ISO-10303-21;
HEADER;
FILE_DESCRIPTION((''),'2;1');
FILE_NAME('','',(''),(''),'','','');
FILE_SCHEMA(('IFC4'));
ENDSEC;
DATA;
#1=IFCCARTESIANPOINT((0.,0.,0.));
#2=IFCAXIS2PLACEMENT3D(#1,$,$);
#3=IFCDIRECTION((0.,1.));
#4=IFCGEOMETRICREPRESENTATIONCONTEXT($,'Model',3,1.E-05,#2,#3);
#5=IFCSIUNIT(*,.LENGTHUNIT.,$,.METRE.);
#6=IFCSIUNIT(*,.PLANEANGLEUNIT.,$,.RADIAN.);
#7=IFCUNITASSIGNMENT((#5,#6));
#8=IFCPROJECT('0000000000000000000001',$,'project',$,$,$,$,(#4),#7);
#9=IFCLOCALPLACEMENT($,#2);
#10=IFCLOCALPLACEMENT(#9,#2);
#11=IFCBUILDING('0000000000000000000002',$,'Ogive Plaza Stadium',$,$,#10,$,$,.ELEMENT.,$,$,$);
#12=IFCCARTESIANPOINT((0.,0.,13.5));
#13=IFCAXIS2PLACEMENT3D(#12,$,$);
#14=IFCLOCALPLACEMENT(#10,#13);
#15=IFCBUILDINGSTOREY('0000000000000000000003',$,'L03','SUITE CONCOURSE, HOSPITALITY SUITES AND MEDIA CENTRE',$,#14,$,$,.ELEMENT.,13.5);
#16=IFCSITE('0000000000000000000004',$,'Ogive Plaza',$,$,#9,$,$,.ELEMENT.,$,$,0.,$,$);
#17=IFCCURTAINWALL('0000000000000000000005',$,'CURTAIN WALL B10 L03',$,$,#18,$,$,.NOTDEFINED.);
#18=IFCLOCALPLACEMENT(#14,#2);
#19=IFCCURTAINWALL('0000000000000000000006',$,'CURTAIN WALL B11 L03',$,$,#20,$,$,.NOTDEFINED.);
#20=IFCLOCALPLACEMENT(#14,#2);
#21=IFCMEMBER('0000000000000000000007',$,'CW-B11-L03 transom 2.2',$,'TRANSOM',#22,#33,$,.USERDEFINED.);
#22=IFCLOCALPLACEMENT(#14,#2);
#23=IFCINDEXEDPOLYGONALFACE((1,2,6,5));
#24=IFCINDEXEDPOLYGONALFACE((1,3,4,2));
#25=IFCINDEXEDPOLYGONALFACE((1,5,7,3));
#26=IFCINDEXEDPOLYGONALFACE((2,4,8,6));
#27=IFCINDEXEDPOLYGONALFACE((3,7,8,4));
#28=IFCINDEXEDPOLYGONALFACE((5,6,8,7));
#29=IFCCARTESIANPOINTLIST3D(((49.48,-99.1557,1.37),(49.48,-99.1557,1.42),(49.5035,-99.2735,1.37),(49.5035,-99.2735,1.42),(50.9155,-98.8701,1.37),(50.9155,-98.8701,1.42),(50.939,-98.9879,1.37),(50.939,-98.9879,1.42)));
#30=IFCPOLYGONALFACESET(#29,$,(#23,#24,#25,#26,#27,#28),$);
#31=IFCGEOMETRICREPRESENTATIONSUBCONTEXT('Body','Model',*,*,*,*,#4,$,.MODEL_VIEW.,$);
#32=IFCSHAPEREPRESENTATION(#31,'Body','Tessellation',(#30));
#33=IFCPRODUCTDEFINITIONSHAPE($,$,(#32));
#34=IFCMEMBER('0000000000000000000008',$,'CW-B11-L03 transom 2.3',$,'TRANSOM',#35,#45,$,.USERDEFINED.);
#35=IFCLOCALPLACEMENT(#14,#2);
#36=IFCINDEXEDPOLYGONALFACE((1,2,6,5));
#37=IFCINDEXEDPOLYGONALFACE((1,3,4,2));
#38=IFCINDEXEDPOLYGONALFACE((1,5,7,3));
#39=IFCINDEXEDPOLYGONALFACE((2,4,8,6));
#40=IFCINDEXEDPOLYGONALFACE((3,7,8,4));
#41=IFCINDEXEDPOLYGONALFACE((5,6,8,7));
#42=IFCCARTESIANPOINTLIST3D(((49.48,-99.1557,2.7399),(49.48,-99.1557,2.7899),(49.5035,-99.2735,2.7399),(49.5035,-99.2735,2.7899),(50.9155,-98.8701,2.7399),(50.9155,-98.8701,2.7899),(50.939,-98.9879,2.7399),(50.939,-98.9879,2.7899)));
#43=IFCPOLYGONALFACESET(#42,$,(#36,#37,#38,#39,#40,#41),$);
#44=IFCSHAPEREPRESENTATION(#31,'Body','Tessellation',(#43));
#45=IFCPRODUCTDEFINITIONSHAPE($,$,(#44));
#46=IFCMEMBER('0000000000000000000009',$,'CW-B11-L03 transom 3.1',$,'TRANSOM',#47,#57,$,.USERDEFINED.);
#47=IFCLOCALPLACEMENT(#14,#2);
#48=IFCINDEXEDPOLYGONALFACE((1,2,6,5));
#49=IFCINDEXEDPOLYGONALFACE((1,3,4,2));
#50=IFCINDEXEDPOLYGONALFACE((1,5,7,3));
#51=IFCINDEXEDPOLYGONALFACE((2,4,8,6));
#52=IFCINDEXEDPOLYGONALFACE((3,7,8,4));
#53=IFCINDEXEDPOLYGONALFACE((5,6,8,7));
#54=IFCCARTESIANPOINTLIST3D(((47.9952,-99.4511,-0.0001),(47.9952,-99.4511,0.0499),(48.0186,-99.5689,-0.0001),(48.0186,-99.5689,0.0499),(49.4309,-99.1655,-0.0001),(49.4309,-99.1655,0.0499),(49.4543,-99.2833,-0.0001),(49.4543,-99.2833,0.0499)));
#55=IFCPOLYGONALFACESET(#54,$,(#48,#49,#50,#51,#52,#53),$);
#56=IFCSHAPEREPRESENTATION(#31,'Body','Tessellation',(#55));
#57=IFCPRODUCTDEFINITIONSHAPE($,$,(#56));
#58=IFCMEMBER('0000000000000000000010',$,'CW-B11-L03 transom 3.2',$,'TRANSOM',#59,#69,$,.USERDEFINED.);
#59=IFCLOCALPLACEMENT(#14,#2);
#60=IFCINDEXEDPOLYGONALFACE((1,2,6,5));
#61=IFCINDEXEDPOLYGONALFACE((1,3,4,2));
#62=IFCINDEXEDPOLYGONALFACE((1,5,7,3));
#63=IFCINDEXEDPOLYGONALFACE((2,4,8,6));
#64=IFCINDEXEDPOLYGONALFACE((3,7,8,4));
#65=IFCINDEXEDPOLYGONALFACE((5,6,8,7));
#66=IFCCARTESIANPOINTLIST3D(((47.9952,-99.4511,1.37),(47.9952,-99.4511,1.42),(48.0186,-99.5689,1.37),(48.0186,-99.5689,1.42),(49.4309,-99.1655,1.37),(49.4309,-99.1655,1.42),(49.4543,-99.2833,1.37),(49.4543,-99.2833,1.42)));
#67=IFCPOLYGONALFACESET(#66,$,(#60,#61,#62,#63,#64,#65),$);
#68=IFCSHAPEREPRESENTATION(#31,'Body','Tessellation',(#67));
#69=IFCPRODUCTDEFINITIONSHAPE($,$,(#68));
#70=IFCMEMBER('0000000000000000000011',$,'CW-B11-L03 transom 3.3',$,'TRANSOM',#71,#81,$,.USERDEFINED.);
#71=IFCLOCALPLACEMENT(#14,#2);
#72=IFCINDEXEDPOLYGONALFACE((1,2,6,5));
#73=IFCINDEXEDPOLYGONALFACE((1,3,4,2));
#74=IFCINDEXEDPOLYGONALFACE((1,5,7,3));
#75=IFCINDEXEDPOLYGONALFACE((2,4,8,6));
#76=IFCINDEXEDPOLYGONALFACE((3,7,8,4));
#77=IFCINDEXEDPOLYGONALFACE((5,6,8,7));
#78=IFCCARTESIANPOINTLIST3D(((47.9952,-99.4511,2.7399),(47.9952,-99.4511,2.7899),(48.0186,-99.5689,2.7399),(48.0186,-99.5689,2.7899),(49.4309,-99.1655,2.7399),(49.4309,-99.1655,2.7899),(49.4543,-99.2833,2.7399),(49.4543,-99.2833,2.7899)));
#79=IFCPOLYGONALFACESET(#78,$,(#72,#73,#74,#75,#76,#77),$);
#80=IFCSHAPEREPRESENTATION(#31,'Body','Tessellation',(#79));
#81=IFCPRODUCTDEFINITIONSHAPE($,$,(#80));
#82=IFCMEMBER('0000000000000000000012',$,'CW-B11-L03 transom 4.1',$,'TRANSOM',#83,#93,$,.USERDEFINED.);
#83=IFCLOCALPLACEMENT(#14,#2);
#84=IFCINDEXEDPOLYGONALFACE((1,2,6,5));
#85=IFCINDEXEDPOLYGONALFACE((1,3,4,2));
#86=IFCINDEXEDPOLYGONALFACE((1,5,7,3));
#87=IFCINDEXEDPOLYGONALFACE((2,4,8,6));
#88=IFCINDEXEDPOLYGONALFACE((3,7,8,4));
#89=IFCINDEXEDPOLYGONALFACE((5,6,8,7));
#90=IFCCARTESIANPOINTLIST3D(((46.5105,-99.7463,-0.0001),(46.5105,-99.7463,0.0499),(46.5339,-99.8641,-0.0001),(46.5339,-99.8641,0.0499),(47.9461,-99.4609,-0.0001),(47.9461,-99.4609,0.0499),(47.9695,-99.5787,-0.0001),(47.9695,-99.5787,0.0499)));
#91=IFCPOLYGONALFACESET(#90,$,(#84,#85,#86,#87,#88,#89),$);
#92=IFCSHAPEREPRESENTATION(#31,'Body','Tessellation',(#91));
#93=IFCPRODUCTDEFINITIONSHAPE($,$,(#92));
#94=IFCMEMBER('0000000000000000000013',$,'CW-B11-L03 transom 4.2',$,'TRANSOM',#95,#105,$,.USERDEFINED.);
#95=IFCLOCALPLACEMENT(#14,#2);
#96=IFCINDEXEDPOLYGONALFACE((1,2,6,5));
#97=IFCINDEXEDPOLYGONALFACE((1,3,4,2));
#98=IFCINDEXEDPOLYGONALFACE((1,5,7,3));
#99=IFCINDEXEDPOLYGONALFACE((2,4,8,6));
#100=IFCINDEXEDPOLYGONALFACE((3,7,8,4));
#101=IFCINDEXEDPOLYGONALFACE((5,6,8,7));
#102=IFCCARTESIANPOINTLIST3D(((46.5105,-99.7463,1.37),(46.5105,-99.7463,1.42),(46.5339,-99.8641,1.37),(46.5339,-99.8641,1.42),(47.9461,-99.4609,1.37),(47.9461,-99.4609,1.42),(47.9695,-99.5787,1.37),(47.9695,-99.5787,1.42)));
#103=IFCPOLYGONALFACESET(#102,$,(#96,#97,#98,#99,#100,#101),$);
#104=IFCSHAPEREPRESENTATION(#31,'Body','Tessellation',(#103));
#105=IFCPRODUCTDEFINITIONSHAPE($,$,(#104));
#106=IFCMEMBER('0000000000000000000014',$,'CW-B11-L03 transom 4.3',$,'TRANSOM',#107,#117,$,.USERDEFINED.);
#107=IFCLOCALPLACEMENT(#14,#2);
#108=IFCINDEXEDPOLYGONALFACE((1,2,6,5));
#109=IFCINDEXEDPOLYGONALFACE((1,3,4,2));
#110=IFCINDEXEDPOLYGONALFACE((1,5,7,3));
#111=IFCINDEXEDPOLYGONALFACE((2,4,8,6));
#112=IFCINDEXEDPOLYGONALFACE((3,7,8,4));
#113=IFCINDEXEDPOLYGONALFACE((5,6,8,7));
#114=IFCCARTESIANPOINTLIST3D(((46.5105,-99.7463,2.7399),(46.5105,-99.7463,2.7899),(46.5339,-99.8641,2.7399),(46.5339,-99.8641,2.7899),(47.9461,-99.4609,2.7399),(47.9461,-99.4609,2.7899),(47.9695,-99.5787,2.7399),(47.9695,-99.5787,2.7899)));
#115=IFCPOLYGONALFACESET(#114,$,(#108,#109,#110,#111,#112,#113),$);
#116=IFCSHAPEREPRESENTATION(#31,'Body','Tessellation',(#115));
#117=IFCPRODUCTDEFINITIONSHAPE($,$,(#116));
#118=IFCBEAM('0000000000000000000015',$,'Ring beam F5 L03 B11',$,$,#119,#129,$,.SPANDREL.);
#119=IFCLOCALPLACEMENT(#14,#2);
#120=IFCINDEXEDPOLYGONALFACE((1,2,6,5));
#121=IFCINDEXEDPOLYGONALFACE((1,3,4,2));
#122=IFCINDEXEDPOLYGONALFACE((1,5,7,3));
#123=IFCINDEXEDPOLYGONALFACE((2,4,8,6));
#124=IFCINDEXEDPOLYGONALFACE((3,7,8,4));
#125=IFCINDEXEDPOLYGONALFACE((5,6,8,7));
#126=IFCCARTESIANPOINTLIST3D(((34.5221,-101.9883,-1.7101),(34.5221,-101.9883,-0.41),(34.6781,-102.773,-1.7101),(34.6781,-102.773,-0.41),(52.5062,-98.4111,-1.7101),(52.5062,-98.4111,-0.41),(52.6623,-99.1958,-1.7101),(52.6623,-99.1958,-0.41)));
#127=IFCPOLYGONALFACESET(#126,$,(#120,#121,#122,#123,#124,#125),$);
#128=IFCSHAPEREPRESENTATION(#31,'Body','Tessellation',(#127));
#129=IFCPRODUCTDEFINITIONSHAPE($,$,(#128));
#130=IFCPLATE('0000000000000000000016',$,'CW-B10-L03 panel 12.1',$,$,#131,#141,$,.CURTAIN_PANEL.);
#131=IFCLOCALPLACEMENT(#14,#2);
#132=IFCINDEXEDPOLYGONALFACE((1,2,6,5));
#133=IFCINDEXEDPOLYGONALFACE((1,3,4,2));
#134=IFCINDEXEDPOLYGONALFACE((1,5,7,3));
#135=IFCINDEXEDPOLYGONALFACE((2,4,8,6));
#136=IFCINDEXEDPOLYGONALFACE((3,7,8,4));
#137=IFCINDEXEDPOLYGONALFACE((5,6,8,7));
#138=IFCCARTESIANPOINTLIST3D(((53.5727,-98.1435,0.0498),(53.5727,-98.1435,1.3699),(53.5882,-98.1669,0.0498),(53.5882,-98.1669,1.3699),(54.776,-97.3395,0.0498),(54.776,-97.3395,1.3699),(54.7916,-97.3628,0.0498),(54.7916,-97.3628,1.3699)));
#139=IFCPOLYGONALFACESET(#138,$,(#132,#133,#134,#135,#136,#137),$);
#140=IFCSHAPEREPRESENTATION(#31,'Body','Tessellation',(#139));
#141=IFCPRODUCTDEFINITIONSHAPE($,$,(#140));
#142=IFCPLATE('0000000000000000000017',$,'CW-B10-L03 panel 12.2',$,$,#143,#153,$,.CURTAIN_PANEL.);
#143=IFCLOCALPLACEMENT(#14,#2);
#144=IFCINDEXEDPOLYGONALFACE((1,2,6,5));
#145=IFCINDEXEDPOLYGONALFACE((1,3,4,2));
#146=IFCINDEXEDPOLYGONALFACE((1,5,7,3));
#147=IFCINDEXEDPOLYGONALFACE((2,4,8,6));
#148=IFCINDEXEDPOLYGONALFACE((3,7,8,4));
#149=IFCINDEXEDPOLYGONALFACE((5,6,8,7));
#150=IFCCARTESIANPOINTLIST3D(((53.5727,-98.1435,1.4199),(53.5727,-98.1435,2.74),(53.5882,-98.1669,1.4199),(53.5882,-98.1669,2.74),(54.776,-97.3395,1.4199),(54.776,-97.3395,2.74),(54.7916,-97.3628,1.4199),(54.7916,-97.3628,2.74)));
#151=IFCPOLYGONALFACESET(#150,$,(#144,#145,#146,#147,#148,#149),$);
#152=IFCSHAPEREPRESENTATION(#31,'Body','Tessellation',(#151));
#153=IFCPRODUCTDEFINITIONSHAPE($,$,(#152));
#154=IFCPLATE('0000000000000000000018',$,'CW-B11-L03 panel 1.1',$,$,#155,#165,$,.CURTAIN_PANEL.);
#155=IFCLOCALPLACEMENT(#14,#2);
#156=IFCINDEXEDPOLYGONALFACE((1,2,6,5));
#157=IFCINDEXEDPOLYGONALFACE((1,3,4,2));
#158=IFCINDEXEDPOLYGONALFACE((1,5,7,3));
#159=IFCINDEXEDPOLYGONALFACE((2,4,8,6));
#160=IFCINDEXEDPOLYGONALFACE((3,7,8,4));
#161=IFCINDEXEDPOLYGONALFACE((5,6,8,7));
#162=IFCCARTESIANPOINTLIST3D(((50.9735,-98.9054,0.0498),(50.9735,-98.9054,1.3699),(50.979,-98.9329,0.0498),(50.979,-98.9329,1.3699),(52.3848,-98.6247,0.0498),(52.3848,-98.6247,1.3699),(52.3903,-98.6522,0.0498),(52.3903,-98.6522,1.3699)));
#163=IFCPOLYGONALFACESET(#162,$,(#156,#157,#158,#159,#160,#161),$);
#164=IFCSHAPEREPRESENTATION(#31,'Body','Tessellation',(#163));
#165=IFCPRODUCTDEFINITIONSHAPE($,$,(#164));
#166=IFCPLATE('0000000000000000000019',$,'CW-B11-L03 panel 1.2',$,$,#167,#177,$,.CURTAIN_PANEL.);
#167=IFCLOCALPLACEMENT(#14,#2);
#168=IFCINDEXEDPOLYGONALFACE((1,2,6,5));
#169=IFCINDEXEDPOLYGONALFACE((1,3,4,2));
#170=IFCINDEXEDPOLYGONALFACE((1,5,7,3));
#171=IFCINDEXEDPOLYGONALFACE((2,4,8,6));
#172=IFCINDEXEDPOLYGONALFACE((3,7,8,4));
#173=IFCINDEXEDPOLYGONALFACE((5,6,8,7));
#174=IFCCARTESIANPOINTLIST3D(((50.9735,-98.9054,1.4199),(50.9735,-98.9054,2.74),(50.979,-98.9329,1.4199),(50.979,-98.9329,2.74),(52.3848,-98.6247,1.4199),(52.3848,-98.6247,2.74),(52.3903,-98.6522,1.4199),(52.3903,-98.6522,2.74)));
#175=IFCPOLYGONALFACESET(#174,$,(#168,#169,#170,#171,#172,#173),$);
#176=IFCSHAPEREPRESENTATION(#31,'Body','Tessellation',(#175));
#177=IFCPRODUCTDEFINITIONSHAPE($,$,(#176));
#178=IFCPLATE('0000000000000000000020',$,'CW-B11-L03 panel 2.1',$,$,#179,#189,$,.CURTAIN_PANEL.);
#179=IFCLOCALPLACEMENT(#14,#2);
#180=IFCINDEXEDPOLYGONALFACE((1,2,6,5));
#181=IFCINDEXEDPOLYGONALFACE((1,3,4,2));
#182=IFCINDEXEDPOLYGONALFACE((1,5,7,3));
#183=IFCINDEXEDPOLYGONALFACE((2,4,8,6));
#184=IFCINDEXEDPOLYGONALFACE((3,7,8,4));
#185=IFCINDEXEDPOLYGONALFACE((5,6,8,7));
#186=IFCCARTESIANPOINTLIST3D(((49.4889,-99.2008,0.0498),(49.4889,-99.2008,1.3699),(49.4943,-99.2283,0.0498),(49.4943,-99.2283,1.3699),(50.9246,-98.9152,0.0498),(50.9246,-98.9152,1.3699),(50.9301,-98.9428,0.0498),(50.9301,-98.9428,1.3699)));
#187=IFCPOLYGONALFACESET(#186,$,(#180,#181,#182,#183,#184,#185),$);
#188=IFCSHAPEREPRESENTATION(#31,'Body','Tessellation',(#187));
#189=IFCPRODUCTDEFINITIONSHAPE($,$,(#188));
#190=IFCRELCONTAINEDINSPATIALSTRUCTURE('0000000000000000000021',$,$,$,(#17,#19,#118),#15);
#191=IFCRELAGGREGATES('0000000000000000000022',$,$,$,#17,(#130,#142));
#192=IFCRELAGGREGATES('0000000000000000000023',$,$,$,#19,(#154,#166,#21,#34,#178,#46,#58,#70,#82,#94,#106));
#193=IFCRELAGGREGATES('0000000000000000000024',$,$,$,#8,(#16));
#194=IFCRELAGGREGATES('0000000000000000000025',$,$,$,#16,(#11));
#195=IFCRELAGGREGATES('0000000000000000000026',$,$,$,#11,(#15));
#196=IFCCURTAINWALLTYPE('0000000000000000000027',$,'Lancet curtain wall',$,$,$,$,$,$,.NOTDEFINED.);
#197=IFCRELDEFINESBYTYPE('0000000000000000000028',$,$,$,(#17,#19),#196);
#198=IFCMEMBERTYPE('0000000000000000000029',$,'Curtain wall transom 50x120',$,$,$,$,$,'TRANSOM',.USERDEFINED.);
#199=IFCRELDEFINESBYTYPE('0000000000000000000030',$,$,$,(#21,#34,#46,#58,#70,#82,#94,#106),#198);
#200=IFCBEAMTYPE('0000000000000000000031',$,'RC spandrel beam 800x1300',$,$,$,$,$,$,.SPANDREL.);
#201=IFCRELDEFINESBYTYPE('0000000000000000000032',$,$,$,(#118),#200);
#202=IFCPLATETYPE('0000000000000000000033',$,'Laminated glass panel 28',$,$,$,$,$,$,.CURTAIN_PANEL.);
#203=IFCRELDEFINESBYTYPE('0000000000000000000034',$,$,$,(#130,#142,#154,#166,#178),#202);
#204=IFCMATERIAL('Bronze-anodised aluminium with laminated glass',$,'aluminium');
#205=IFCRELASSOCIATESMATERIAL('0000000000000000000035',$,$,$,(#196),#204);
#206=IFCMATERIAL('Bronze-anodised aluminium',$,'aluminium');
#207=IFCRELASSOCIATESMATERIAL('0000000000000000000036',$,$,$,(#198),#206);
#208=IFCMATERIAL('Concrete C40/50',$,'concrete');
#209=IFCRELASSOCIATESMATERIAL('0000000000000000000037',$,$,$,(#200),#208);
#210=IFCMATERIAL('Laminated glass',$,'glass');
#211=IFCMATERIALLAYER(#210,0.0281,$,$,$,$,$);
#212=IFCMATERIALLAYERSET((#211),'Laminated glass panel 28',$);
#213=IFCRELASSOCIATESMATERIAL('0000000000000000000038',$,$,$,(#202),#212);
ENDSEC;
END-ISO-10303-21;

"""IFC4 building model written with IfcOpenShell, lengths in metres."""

from ifc_helpers import new_model, si_unit, direction, frame, origin, origin_2d, place, context, subcontext, project, spatial, rectangle, extrude, material, layer, layer_set, material_profile, profile_set, type_object, element, aggregate, save


model = new_model("IFC4")

# Units and contexts
model_context = context("Model", 3, precision=1e-05, world=origin(), true_north=direction((0.0, 1.0)))
body_context = subcontext(model_context, "Body", "Model", "MODEL_VIEW")
ifc_project = project(units=[si_unit("LENGTHUNIT", "METRE"), si_unit("PLANEANGLEUNIT", "RADIAN")], contexts=[model_context])

# Site, building, storey
site_placement = place(None, origin())
site = spatial("IfcSite", under=ifc_project, at=site_placement, Name="Ogive Plaza", CompositionType="ELEMENT", RefElevation=0.0)
building_placement = place(site_placement, origin())
building = spatial("IfcBuilding", under=site, at=building_placement, Name="Ogive Plaza Stadium", CompositionType="ELEMENT")
storey_placement = place(building_placement, frame((0.0, 0.0, 13.5)))
storey = spatial("IfcBuildingStorey", under=building, at=storey_placement, Name="L03", Description="SUITE CONCOURSE, HOSPITALITY SUITES AND MEDIA CENTRE", CompositionType="ELEMENT", Elevation=13.5)

# Curtain walls
ifc_material_1 = material(Name="Bronze-anodised aluminium with laminated glass", Category="aluminium")
curtain_wall_type = type_object("IfcCurtainWallType", Name="Lancet curtain wall", PredefinedType="NOTDEFINED", material=ifc_material_1)
curtain_wall_1_placement = place(storey_placement, origin())
curtain_wall_1 = element("IfcCurtainWall", 1, at=curtain_wall_1_placement, inside=storey, type_object=curtain_wall_type, Name="CURTAIN WALL B10 L03", PredefinedType="NOTDEFINED")
curtain_wall_2_placement = place(storey_placement, origin())
curtain_wall_2 = element("IfcCurtainWall", 2, at=curtain_wall_2_placement, inside=storey, type_object=curtain_wall_type, Name="CURTAIN WALL B11 L03", PredefinedType="NOTDEFINED")

# Members
ifc_material_2 = material(Name="Bronze-anodised aluminium", Category="aluminium")
ifc_material_profile_1 = material_profile(ifc_material_2, rectangle(XDim=0.1201, YDim=0.05, at=origin_2d()), Name="AL 120x50")
ifc_profile_set_1 = profile_set([ifc_material_profile_1], Name="Bronze-anodised aluminium")
member_type_1 = type_object("IfcMemberType", Name="Curtain wall transom 50x120", ElementType="TRANSOM", PredefinedType="USERDEFINED", material=ifc_profile_set_1)
member_1_placement = place(storey_placement, frame((50.9272, -98.929, 1.395), z_axis=(-0.980773, -0.195154, 0.0), x_axis=(0.195154, -0.980773, 0.0)))
member_1 = element("IfcMember", 3, at=member_1_placement, type_object=member_type_1, Name="CW-B11-L03 transom 2.2", ObjectType="TRANSOM", PredefinedType="USERDEFINED", context=body_context, shape_type="SweptSolid", body=[
    extrude(rectangle(XDim=0.1201, YDim=0.05, at=origin_2d()), origin(), (0.0, 0.0, 1.0), 1.4636),
])
member_2_placement = place(storey_placement, frame((50.9272, -98.929, 2.7649), z_axis=(-0.980773, -0.195154, 0.0), x_axis=(0.195154, -0.980773, 0.0)))
member_2 = element("IfcMember", 4, at=member_2_placement, type_object=member_type_1, Name="CW-B11-L03 transom 2.3", ObjectType="TRANSOM", PredefinedType="USERDEFINED", context=body_context, shape_type="SweptSolid", body=[
    extrude(rectangle(XDim=0.1201, YDim=0.05, at=origin_2d()), origin(), (0.0, 0.0, 1.0), 1.4636),
])
member_3_placement = place(storey_placement, frame((49.4426, -99.2244, 0.0249), z_axis=(-0.980779, -0.195122, 0.0), x_axis=(0.195122, -0.980779, 0.0)))
member_3 = element("IfcMember", 5, at=member_3_placement, type_object=member_type_1, Name="CW-B11-L03 transom 3.1", ObjectType="TRANSOM", PredefinedType="USERDEFINED", context=body_context, shape_type="SweptSolid", body=[
    extrude(rectangle(XDim=0.1201, YDim=0.05, at=origin_2d()), origin(), (0.0, 0.0, 1.0), 1.4639),
])
member_4_placement = place(storey_placement, frame((49.4426, -99.2244, 1.395), z_axis=(-0.980779, -0.195122, 0.0), x_axis=(0.195122, -0.980779, 0.0)))
member_4 = element("IfcMember", 6, at=member_4_placement, type_object=member_type_1, Name="CW-B11-L03 transom 3.2", ObjectType="TRANSOM", PredefinedType="USERDEFINED", context=body_context, shape_type="SweptSolid", body=[
    extrude(rectangle(XDim=0.1201, YDim=0.05, at=origin_2d()), origin(), (0.0, 0.0, 1.0), 1.4639),
])
member_5_placement = place(storey_placement, frame((49.4426, -99.2244, 2.7649), z_axis=(-0.980779, -0.195122, 0.0), x_axis=(0.195122, -0.980779, 0.0)))
member_5 = element("IfcMember", 7, at=member_5_placement, type_object=member_type_1, Name="CW-B11-L03 transom 3.3", ObjectType="TRANSOM", PredefinedType="USERDEFINED", context=body_context, shape_type="SweptSolid", body=[
    extrude(rectangle(XDim=0.1201, YDim=0.05, at=origin_2d()), origin(), (0.0, 0.0, 1.0), 1.4639),
])
member_6_placement = place(storey_placement, frame((47.9578, -99.5198, 0.0249), z_axis=(-0.980805, -0.194993, 0.0), x_axis=(0.194993, -0.980805, 0.0)))
member_6 = element("IfcMember", 8, at=member_6_placement, type_object=member_type_1, Name="CW-B11-L03 transom 4.1", ObjectType="TRANSOM", PredefinedType="USERDEFINED", context=body_context, shape_type="SweptSolid", body=[
    extrude(rectangle(XDim=0.1201, YDim=0.05, at=origin_2d()), origin(), (0.0, 0.0, 1.0), 1.4636),
])
member_7_placement = place(storey_placement, frame((47.9578, -99.5198, 1.395), z_axis=(-0.980805, -0.194993, 0.0), x_axis=(0.194993, -0.980805, 0.0)))
member_7 = element("IfcMember", 9, at=member_7_placement, type_object=member_type_1, Name="CW-B11-L03 transom 4.2", ObjectType="TRANSOM", PredefinedType="USERDEFINED", context=body_context, shape_type="SweptSolid", body=[
    extrude(rectangle(XDim=0.1201, YDim=0.05, at=origin_2d()), origin(), (0.0, 0.0, 1.0), 1.4636),
])
member_8_placement = place(storey_placement, frame((47.9578, -99.5198, 2.7649), z_axis=(-0.980805, -0.194993, 0.0), x_axis=(0.194993, -0.980805, 0.0)))
member_8 = element("IfcMember", 10, at=member_8_placement, type_object=member_type_1, Name="CW-B11-L03 transom 4.3", ObjectType="TRANSOM", PredefinedType="USERDEFINED", context=body_context, shape_type="SweptSolid", body=[
    extrude(rectangle(XDim=0.1201, YDim=0.05, at=origin_2d()), origin(), (0.0, 0.0, 1.0), 1.4636),
])

# Beam
ifc_material_3 = material(Name="Concrete C40/50", Category="concrete")
ifc_material_profile_2 = material_profile(ifc_material_3, rectangle(XDim=0.8, YDim=1.3, at=origin_2d()), Name="RC 800x1300")
ifc_profile_set_2 = profile_set([ifc_material_profile_2], Name="Concrete C40/50")
beam_type = type_object("IfcBeamType", Name="RC spandrel beam 800x1300", PredefinedType="SPANDREL", material=ifc_profile_set_2)
beam_placement = place(storey_placement, frame((52.5842, -98.8035, -1.0601), z_axis=(-0.980787, -0.195084, 0.0), x_axis=(0.195084, -0.980787, 0.0)))
element("IfcBeam", 11, at=beam_placement, inside=storey, type_object=beam_type, Name="Ring beam F5 L03 B11", PredefinedType="SPANDREL", context=body_context, shape_type="SweptSolid", body=[
    extrude(rectangle(XDim=0.8, YDim=1.3, at=origin_2d()), origin(), (0.0, 0.0, 1.0), 18.3364),
])

# Plates
ifc_material_4 = material(Name="Laminated glass", Category="glass")
ifc_layer = layer(ifc_material_4, 0.0281)
ifc_layer_set = layer_set([ifc_layer], Name="Laminated glass panel 28")
plate_type = type_object("IfcPlateType", Name="Laminated glass panel 28", PredefinedType="CURTAIN_PANEL", material=ifc_layer_set)
plate_1_placement = place(storey_placement, frame((54.1821, -97.7532, 0.0498), z_axis=(0.0, 0.0, 1.0), x_axis=(-0.83147, -0.55557, 0.0)))
plate_1 = element("IfcPlate", 12, at=plate_1_placement, type_object=plate_type, Name="CW-B10-L03 panel 12.1", PredefinedType="CURTAIN_PANEL", context=body_context, shape_type="SweptSolid", body=[
    extrude(rectangle(XDim=1.4473, YDim=0.0281, at=origin_2d()), origin(), (0.0, 0.0, 1.0), 1.3201),
])
plate_2_placement = place(storey_placement, frame((54.1821, -97.7532, 1.4199), z_axis=(0.0, 0.0, 1.0), x_axis=(-0.83147, -0.55557, 0.0)))
plate_2 = element("IfcPlate", 13, at=plate_2_placement, type_object=plate_type, Name="CW-B10-L03 panel 12.2", PredefinedType="CURTAIN_PANEL", context=body_context, shape_type="SweptSolid", body=[
    extrude(rectangle(XDim=1.4473, YDim=0.0281, at=origin_2d()), origin(), (0.0, 0.0, 1.0), 1.3201),
])
aggregate(curtain_wall_1, [plate_1, plate_2])
plate_3_placement = place(storey_placement, frame((51.6819, -98.7788, 0.0498), z_axis=(0.0, 0.0, 1.0), x_axis=(-0.980785, -0.19509, 0.0)))
plate_3 = element("IfcPlate", 14, at=plate_3_placement, type_object=plate_type, Name="CW-B11-L03 panel 1.1", PredefinedType="CURTAIN_PANEL", context=body_context, shape_type="SweptSolid", body=[
    extrude(rectangle(XDim=1.439, YDim=0.0281, at=origin_2d()), origin(), (0.0, 0.0, 1.0), 1.3201),
])
plate_4_placement = place(storey_placement, frame((51.6819, -98.7788, 1.4199), z_axis=(0.0, 0.0, 1.0), x_axis=(-0.980785, -0.19509, 0.0)))
plate_4 = element("IfcPlate", 15, at=plate_4_placement, type_object=plate_type, Name="CW-B11-L03 panel 1.2", PredefinedType="CURTAIN_PANEL", context=body_context, shape_type="SweptSolid", body=[
    extrude(rectangle(XDim=1.439, YDim=0.0281, at=origin_2d()), origin(), (0.0, 0.0, 1.0), 1.3201),
])
plate_5_placement = place(storey_placement, frame((50.2095, -99.0718, 0.0498), z_axis=(0.0, 0.0, 1.0), x_axis=(-0.980785, -0.19509, 0.0)))
plate_5 = element("IfcPlate", 16, at=plate_5_placement, type_object=plate_type, Name="CW-B11-L03 panel 2.1", PredefinedType="CURTAIN_PANEL", context=body_context, shape_type="SweptSolid", body=[
    extrude(rectangle(XDim=1.4639, YDim=0.0281, at=origin_2d()), origin(), (0.0, 0.0, 1.0), 1.3201),
])
aggregate(curtain_wall_2, [plate_3, plate_4, member_1, member_2, plate_5, member_3, member_4, member_5, member_6, member_7, member_8])

save(model, "model.ifc")
